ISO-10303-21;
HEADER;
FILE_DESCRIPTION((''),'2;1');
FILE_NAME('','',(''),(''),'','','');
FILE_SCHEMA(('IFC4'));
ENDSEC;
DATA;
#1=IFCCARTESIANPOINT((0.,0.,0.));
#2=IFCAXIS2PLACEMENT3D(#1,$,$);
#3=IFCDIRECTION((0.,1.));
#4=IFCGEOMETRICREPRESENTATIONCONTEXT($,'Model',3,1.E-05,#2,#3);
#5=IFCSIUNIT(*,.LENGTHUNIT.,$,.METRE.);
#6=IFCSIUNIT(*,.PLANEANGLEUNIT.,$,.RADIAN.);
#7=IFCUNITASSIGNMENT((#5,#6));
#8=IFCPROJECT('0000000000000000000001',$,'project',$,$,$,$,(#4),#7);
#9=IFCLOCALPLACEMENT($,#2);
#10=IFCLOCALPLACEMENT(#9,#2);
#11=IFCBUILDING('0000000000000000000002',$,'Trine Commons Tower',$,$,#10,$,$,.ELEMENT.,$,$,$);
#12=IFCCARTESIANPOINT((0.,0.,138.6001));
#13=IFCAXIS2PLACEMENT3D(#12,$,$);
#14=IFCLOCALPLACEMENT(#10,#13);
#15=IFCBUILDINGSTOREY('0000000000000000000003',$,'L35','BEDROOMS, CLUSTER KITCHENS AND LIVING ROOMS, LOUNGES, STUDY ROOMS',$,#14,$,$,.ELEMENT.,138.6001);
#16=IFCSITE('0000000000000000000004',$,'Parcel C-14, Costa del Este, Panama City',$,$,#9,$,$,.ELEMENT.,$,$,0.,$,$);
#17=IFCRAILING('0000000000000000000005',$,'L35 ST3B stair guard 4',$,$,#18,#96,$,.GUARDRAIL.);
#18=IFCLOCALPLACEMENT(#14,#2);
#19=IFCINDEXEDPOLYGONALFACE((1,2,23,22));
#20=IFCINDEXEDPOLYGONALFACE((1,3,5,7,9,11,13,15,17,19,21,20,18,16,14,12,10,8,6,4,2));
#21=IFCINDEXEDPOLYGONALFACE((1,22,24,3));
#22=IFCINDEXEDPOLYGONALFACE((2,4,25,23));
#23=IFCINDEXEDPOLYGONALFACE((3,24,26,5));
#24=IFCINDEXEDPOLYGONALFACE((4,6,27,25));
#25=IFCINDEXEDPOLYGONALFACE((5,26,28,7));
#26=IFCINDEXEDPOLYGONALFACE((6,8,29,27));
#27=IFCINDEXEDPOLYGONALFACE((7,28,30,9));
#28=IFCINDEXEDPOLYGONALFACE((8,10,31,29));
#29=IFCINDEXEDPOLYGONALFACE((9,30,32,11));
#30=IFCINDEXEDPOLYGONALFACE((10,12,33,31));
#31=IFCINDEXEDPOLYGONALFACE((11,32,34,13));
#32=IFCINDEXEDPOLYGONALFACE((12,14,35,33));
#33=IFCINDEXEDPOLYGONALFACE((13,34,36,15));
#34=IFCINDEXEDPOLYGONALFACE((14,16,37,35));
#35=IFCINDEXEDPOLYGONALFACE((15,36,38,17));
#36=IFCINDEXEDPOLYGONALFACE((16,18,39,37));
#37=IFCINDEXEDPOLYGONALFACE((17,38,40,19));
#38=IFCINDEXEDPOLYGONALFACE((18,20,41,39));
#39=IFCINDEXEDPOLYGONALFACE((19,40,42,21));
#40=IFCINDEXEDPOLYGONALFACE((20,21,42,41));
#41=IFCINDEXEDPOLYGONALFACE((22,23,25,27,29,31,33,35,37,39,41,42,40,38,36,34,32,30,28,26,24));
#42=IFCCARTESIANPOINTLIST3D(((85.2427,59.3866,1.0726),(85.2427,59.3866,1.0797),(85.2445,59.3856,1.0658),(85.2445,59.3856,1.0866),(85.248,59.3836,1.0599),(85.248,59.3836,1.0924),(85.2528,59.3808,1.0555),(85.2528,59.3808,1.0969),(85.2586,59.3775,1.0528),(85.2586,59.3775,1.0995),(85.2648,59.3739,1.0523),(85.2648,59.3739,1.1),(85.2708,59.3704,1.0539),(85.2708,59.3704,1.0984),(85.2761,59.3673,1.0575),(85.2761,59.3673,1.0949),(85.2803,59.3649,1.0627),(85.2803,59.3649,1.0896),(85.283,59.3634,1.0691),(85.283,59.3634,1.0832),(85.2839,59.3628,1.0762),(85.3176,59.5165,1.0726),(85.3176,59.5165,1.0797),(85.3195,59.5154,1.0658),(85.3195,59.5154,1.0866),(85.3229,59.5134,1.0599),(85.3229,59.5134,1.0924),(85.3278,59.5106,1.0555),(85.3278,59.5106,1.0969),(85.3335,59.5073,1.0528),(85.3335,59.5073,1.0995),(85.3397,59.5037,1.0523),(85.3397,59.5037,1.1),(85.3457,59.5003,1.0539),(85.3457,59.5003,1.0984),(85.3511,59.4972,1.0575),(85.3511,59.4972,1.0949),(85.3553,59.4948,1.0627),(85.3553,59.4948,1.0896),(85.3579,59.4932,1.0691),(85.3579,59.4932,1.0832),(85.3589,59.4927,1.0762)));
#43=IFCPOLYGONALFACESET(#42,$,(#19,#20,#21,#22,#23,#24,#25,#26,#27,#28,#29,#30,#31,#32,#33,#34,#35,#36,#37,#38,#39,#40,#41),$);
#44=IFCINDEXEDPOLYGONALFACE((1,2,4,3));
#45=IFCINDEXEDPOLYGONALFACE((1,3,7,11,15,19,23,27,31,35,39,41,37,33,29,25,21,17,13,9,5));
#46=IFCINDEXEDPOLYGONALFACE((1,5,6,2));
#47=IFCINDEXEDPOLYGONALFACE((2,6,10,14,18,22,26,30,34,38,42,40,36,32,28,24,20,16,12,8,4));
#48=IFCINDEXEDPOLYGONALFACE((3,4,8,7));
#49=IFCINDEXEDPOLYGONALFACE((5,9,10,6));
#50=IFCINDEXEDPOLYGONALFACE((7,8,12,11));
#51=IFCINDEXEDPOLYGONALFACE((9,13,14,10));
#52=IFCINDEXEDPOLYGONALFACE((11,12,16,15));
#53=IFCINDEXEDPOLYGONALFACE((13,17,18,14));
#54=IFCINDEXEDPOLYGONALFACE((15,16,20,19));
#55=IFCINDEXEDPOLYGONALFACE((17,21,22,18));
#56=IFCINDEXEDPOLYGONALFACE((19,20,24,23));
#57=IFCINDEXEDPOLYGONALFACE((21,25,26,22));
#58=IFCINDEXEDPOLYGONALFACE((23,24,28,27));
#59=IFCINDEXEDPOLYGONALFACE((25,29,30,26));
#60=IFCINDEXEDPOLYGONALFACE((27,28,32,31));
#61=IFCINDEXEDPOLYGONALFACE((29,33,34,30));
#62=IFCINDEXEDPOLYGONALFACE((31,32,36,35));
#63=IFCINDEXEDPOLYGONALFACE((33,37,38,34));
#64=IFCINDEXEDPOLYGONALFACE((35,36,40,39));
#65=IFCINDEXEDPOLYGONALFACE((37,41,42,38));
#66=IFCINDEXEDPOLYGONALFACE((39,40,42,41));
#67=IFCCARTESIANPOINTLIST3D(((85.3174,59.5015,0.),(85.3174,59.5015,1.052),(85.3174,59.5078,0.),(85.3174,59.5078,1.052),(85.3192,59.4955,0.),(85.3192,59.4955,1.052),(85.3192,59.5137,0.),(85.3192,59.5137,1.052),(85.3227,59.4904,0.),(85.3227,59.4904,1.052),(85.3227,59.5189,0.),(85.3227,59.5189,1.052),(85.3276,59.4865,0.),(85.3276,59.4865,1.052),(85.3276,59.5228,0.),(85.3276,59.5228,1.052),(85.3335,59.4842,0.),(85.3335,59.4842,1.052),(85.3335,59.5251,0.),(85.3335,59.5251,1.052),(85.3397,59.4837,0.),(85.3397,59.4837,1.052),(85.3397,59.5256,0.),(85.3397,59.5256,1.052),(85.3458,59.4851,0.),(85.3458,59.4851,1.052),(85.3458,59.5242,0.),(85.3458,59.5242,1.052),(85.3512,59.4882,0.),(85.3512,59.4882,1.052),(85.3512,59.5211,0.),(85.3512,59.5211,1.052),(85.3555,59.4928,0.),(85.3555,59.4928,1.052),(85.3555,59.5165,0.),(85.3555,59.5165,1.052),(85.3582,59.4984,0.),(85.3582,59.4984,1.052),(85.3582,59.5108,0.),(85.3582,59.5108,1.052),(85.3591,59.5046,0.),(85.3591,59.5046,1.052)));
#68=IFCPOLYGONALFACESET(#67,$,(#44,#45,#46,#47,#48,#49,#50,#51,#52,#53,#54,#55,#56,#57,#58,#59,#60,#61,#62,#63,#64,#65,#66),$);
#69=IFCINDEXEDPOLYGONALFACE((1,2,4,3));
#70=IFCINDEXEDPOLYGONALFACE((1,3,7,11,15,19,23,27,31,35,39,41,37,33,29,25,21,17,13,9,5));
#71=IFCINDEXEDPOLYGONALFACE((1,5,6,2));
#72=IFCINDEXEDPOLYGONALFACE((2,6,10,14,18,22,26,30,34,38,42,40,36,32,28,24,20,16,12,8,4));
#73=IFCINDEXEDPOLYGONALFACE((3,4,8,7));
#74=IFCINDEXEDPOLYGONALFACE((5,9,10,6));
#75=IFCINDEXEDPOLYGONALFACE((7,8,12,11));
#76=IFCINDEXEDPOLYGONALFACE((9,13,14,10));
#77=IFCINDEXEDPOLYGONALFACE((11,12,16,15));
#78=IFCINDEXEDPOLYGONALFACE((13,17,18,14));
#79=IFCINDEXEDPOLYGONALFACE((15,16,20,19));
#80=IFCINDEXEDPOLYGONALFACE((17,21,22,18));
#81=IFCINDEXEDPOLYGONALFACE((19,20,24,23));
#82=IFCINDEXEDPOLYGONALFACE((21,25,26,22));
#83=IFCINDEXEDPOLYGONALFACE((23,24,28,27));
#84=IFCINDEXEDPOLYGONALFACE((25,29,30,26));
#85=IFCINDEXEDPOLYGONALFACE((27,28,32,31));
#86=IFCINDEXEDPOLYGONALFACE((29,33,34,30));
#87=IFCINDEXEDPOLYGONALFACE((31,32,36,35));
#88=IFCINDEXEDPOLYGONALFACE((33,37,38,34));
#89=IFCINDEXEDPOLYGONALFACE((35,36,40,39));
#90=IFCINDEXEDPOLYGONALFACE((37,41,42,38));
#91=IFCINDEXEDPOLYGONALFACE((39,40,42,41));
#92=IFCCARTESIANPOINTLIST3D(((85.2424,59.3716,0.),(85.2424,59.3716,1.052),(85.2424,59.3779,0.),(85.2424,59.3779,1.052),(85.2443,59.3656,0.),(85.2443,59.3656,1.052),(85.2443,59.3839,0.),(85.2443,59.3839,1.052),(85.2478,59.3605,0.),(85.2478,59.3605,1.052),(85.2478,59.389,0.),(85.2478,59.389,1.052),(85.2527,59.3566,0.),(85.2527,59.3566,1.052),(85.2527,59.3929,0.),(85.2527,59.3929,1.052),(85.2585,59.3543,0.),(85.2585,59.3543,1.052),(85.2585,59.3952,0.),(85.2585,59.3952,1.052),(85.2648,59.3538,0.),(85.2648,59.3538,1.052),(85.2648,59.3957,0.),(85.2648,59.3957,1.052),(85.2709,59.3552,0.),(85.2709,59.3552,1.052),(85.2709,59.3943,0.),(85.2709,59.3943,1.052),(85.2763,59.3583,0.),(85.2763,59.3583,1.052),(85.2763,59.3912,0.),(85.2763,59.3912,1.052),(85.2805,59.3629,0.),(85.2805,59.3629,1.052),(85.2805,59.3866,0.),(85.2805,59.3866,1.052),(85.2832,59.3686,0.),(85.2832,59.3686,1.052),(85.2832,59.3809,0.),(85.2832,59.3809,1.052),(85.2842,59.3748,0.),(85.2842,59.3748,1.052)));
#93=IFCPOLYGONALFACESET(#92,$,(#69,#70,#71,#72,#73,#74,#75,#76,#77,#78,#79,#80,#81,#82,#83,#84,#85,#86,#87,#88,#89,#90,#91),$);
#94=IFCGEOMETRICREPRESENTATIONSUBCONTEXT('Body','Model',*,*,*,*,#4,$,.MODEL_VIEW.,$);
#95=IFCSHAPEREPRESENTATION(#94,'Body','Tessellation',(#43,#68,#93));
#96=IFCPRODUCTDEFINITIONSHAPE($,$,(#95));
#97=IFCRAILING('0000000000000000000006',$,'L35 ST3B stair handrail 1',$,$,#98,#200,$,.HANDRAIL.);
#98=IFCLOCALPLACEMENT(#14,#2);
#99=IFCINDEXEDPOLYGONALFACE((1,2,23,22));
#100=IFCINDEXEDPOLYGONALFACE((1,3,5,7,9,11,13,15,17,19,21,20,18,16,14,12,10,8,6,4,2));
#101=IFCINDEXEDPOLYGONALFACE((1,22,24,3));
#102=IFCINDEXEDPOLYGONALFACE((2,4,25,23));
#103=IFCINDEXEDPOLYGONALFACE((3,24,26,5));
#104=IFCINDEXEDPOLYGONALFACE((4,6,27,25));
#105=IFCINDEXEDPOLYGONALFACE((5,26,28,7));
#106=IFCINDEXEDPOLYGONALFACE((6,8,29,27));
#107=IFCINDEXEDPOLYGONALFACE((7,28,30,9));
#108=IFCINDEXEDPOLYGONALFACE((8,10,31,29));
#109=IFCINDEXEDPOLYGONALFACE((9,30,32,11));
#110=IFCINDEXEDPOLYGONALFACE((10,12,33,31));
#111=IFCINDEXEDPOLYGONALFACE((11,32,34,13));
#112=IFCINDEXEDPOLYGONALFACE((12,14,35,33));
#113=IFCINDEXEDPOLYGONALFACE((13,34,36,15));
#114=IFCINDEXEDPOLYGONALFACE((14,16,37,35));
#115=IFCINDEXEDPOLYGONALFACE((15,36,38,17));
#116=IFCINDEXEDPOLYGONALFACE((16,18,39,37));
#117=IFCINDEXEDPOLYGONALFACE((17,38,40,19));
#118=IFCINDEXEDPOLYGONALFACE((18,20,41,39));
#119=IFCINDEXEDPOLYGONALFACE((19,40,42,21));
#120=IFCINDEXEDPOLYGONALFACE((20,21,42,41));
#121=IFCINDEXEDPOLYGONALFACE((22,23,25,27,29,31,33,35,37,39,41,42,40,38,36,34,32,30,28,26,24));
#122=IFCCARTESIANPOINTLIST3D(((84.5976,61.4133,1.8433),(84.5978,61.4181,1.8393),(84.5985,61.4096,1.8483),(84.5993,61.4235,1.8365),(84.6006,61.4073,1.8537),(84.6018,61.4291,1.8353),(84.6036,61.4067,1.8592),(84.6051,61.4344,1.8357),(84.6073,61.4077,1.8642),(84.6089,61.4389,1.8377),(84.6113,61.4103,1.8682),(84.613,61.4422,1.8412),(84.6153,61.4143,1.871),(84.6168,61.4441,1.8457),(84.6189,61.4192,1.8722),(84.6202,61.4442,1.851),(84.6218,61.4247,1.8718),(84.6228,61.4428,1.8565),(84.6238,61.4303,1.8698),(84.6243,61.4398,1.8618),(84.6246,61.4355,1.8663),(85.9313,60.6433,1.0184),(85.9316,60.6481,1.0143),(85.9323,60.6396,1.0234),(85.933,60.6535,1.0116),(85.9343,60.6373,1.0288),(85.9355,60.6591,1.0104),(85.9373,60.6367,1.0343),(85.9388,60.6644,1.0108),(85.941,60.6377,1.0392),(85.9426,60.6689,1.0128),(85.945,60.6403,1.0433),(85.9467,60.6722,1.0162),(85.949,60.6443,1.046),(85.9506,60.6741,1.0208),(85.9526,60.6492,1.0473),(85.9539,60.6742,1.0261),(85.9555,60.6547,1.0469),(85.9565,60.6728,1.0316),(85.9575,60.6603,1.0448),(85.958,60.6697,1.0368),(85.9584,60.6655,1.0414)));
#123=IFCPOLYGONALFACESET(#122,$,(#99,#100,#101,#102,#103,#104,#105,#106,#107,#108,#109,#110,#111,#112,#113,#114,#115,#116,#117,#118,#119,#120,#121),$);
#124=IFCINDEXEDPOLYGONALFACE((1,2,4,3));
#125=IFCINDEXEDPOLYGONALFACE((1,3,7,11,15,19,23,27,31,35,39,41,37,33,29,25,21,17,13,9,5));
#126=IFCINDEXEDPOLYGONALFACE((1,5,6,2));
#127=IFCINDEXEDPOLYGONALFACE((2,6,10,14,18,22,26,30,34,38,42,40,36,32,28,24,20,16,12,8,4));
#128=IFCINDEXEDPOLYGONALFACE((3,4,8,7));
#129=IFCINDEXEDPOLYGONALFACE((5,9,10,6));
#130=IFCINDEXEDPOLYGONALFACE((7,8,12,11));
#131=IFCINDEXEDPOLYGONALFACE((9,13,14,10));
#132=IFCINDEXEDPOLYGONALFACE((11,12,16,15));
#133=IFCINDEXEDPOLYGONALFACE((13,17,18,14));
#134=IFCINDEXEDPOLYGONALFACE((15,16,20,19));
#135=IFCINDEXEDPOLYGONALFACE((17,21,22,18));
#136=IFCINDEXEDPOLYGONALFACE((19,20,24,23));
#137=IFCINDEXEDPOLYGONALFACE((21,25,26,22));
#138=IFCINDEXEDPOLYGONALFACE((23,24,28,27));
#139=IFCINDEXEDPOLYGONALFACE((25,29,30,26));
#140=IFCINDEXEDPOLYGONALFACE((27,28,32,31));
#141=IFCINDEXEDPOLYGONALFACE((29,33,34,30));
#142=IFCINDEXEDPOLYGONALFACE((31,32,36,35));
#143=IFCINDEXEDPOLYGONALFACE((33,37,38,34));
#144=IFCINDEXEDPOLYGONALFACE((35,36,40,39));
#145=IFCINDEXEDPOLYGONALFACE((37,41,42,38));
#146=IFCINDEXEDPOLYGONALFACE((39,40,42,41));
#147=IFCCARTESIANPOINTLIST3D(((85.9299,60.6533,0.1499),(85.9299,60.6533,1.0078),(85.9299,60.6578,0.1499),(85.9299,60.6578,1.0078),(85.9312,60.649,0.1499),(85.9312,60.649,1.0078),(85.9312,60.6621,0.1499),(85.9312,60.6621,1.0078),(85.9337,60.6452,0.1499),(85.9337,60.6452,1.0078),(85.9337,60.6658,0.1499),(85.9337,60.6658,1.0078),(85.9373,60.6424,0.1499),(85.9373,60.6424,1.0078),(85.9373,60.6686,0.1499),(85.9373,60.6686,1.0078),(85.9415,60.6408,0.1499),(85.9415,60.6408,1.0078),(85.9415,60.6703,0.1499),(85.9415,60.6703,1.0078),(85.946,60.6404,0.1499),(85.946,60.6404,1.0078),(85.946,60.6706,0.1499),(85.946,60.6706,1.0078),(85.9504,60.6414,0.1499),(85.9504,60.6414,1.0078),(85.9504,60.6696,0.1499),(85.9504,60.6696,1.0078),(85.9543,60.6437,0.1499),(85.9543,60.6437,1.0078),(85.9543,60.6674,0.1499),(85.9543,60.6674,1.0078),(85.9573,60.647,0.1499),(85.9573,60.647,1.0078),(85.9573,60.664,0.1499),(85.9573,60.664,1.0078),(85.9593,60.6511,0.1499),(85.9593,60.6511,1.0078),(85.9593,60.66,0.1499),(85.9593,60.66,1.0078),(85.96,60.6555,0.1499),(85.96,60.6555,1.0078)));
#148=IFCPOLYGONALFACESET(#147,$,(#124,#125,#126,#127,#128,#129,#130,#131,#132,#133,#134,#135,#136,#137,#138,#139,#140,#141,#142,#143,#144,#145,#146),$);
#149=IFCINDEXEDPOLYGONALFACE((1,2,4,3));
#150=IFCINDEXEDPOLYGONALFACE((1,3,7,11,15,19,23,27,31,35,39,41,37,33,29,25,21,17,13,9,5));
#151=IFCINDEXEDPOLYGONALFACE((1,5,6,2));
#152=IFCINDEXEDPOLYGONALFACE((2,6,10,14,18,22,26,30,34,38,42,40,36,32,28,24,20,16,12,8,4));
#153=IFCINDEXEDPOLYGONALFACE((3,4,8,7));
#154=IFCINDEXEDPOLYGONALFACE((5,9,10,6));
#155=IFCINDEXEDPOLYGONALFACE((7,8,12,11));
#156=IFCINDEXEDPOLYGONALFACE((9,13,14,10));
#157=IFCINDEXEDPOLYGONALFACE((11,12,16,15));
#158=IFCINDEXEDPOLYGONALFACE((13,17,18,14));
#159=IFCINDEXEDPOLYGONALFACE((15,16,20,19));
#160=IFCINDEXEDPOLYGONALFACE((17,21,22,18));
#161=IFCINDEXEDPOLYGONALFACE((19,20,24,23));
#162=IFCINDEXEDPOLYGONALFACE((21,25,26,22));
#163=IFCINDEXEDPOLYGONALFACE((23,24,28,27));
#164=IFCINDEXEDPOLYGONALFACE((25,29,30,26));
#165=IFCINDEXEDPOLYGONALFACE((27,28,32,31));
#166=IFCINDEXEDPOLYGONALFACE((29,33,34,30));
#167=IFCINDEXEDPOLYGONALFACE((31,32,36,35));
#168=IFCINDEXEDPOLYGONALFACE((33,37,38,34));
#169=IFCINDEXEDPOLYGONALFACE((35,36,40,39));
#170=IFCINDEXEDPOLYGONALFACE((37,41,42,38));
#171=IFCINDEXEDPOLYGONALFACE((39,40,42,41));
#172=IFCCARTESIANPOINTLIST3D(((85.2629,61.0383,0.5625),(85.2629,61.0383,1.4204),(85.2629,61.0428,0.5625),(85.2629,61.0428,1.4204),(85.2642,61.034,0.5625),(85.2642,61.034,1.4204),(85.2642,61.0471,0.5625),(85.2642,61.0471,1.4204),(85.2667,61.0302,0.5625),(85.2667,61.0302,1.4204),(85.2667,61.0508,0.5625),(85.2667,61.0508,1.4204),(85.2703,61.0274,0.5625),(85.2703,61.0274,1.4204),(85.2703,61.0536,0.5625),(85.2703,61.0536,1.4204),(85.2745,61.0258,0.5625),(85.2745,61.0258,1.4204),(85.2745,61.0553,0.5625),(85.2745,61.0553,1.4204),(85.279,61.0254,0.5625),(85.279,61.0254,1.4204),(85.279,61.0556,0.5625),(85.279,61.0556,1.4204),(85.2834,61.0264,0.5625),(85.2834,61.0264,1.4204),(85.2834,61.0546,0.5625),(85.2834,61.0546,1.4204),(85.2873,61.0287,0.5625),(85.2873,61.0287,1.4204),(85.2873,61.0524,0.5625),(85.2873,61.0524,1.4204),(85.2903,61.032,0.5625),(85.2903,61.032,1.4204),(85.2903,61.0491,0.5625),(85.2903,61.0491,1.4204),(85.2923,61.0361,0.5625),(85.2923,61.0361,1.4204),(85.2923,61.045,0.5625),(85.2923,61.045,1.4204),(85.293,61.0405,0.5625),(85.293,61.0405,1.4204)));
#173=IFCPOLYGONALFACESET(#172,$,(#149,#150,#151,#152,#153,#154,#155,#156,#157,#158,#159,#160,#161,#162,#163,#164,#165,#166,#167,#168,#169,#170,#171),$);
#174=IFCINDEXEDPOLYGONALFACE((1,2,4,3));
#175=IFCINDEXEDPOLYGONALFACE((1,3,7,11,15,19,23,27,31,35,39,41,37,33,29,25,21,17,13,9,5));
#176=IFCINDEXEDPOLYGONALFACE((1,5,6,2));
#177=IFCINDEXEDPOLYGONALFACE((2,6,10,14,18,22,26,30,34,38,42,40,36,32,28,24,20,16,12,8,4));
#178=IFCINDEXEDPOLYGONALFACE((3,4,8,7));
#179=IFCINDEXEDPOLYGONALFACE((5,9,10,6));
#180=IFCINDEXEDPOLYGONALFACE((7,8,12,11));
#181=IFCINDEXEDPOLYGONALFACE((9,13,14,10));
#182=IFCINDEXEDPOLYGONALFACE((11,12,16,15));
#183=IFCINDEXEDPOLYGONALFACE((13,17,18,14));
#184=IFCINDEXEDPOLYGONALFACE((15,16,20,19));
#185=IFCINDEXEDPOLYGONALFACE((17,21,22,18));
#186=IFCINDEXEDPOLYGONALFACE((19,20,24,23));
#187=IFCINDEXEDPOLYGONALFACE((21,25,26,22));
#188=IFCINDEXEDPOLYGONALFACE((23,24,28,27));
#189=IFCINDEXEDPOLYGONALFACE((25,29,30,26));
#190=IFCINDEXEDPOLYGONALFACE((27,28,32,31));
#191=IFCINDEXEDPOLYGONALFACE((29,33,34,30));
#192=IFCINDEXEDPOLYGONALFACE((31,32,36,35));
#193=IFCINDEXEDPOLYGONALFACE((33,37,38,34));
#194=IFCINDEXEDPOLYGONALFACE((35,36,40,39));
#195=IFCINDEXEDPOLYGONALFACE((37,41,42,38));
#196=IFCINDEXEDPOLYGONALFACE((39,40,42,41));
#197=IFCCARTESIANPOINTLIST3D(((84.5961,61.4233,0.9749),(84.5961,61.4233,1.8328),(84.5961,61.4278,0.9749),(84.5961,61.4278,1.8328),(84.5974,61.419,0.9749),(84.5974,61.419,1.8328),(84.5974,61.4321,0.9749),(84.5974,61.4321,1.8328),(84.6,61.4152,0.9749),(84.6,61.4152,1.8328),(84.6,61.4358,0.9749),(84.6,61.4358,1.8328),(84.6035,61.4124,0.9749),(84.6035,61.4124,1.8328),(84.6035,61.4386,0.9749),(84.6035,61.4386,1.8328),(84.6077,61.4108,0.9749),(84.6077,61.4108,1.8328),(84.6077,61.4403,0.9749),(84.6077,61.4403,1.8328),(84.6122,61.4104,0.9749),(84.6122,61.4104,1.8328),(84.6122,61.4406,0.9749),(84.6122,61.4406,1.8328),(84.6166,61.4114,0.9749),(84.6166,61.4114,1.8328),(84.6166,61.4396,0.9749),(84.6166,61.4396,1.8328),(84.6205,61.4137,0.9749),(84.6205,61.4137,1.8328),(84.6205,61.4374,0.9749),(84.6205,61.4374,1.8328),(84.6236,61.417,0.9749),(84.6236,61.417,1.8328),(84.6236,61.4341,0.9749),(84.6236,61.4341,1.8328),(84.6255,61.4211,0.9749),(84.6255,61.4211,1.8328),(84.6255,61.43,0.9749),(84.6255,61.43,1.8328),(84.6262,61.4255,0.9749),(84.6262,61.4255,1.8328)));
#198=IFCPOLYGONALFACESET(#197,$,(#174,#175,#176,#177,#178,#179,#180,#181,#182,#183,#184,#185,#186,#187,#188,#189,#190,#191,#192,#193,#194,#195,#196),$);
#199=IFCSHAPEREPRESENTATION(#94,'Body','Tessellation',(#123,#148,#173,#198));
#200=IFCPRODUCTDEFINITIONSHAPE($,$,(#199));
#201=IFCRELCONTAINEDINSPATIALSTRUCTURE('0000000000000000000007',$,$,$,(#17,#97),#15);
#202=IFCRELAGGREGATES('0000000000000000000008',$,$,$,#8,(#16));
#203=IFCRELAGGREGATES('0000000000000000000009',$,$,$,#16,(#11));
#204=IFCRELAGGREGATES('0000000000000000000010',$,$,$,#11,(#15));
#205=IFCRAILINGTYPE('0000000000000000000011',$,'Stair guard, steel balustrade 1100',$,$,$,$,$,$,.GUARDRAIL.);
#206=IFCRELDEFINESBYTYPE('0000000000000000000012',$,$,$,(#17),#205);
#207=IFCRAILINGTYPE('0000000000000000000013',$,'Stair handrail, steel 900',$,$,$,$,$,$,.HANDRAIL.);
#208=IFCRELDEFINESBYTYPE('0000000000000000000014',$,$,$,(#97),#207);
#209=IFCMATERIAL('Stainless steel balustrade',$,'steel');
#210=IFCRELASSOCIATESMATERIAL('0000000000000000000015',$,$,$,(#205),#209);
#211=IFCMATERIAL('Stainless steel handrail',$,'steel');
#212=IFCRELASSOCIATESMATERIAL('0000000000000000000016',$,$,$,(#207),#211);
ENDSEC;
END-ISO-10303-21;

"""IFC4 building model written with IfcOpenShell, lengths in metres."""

from ifc_helpers import new_model, si_unit, direction, frame, origin, origin_2d, place, context, subcontext, project, spatial, circle, extrude, material, type_object, element, save


model = new_model("IFC4")

# Units and contexts
model_context = context("Model", 3, precision=1e-05, world=origin(), true_north=direction((0.0, 1.0)))
body_context = subcontext(model_context, "Body", "Model", "MODEL_VIEW")
ifc_project = project(units=[si_unit("LENGTHUNIT", "METRE"), si_unit("PLANEANGLEUNIT", "RADIAN")], contexts=[model_context])

# Site, building, storey
site_placement = place(None, origin())
site = spatial("IfcSite", under=ifc_project, at=site_placement, Name="Parcel C-14, Costa del Este, Panama City", CompositionType="ELEMENT", RefElevation=0.0)
building_placement = place(site_placement, origin())
building = spatial("IfcBuilding", under=site, at=building_placement, Name="Trine Commons Tower", CompositionType="ELEMENT")
storey_placement = place(building_placement, frame((0.0, 0.0, 138.6001)))
storey = spatial("IfcBuildingStorey", under=building, at=storey_placement, Name="L35", Description="BEDROOMS, CLUSTER KITCHENS AND LIVING ROOMS, LOUNGES, STUDY ROOMS", CompositionType="ELEMENT", Elevation=138.6001)

# Railings
ifc_material_1 = material(Name="Stainless steel balustrade", Category="steel")
railing_type_1 = type_object("IfcRailingType", Name="Stair guard, steel balustrade 1100", PredefinedType="GUARDRAIL", material=ifc_material_1)
railing_1_placement = place(storey_placement, frame((85.3381, 59.5046, 0.0)))
element("IfcRailing", 1, at=railing_1_placement, inside=storey, type_object=railing_type_1, Name="L35 ST3B stair guard 4", PredefinedType="GUARDRAIL", context=body_context, shape_type="SweptSolid", body=[
    extrude(circle(Radius=0.0239, at=origin_2d()), frame((0.0, 0.0, 1.0762), z_axis=(-0.499816, -0.866131, 0.0), x_axis=(0.866131, -0.499816, 0.0)), (0.0, 0.0, 1.0), 0.1499),
    extrude(circle(Radius=0.021, at=origin_2d()), origin(), (0.0, 0.0, 1.0), 1.052),
    extrude(circle(Radius=0.021, at=origin_2d()), frame((-0.075, -0.1299, 0.0)), (0.0, 0.0, 1.0), 1.052),
])
ifc_material_2 = material(Name="Stainless steel handrail", Category="steel")
railing_type_2 = type_object("IfcRailingType", Name="Stair handrail, steel 900", PredefinedType="HANDRAIL", material=ifc_material_2)
for number, where, name in (
    (2, (85.9448, 60.6555, 0.1499), "L35 ST3B stair handrail 1"),
):
    element("IfcRailing", number, at=place(storey_placement, frame(where)), inside=storey, type_object=railing_type_2, Name=name, PredefinedType="HANDRAIL", context=body_context, shape_type="SweptSolid", body=[
        extrude(circle(Radius=0.021, at=origin_2d()), frame((0.0, 0.0, 0.8789), z_axis=(-0.763405, 0.440743, 0.472185), x_axis=(-0.499992, -0.86603, 0.0)), (0.0, 0.0, 1.0), 1.7471),
        extrude(circle(Radius=0.0151, at=origin_2d()), origin(), (0.0, 0.0, 1.0), 0.8579),
        extrude(circle(Radius=0.0151, at=origin_2d()), frame((-0.667, 0.385, 0.4126)), (0.0, 0.0, 1.0), 0.8579),
        extrude(circle(Radius=0.0151, at=origin_2d()), frame((-1.3337, 0.77, 0.825)), (0.0, 0.0, 1.0), 0.8579),
    ])

save(model, "model.ifc")
